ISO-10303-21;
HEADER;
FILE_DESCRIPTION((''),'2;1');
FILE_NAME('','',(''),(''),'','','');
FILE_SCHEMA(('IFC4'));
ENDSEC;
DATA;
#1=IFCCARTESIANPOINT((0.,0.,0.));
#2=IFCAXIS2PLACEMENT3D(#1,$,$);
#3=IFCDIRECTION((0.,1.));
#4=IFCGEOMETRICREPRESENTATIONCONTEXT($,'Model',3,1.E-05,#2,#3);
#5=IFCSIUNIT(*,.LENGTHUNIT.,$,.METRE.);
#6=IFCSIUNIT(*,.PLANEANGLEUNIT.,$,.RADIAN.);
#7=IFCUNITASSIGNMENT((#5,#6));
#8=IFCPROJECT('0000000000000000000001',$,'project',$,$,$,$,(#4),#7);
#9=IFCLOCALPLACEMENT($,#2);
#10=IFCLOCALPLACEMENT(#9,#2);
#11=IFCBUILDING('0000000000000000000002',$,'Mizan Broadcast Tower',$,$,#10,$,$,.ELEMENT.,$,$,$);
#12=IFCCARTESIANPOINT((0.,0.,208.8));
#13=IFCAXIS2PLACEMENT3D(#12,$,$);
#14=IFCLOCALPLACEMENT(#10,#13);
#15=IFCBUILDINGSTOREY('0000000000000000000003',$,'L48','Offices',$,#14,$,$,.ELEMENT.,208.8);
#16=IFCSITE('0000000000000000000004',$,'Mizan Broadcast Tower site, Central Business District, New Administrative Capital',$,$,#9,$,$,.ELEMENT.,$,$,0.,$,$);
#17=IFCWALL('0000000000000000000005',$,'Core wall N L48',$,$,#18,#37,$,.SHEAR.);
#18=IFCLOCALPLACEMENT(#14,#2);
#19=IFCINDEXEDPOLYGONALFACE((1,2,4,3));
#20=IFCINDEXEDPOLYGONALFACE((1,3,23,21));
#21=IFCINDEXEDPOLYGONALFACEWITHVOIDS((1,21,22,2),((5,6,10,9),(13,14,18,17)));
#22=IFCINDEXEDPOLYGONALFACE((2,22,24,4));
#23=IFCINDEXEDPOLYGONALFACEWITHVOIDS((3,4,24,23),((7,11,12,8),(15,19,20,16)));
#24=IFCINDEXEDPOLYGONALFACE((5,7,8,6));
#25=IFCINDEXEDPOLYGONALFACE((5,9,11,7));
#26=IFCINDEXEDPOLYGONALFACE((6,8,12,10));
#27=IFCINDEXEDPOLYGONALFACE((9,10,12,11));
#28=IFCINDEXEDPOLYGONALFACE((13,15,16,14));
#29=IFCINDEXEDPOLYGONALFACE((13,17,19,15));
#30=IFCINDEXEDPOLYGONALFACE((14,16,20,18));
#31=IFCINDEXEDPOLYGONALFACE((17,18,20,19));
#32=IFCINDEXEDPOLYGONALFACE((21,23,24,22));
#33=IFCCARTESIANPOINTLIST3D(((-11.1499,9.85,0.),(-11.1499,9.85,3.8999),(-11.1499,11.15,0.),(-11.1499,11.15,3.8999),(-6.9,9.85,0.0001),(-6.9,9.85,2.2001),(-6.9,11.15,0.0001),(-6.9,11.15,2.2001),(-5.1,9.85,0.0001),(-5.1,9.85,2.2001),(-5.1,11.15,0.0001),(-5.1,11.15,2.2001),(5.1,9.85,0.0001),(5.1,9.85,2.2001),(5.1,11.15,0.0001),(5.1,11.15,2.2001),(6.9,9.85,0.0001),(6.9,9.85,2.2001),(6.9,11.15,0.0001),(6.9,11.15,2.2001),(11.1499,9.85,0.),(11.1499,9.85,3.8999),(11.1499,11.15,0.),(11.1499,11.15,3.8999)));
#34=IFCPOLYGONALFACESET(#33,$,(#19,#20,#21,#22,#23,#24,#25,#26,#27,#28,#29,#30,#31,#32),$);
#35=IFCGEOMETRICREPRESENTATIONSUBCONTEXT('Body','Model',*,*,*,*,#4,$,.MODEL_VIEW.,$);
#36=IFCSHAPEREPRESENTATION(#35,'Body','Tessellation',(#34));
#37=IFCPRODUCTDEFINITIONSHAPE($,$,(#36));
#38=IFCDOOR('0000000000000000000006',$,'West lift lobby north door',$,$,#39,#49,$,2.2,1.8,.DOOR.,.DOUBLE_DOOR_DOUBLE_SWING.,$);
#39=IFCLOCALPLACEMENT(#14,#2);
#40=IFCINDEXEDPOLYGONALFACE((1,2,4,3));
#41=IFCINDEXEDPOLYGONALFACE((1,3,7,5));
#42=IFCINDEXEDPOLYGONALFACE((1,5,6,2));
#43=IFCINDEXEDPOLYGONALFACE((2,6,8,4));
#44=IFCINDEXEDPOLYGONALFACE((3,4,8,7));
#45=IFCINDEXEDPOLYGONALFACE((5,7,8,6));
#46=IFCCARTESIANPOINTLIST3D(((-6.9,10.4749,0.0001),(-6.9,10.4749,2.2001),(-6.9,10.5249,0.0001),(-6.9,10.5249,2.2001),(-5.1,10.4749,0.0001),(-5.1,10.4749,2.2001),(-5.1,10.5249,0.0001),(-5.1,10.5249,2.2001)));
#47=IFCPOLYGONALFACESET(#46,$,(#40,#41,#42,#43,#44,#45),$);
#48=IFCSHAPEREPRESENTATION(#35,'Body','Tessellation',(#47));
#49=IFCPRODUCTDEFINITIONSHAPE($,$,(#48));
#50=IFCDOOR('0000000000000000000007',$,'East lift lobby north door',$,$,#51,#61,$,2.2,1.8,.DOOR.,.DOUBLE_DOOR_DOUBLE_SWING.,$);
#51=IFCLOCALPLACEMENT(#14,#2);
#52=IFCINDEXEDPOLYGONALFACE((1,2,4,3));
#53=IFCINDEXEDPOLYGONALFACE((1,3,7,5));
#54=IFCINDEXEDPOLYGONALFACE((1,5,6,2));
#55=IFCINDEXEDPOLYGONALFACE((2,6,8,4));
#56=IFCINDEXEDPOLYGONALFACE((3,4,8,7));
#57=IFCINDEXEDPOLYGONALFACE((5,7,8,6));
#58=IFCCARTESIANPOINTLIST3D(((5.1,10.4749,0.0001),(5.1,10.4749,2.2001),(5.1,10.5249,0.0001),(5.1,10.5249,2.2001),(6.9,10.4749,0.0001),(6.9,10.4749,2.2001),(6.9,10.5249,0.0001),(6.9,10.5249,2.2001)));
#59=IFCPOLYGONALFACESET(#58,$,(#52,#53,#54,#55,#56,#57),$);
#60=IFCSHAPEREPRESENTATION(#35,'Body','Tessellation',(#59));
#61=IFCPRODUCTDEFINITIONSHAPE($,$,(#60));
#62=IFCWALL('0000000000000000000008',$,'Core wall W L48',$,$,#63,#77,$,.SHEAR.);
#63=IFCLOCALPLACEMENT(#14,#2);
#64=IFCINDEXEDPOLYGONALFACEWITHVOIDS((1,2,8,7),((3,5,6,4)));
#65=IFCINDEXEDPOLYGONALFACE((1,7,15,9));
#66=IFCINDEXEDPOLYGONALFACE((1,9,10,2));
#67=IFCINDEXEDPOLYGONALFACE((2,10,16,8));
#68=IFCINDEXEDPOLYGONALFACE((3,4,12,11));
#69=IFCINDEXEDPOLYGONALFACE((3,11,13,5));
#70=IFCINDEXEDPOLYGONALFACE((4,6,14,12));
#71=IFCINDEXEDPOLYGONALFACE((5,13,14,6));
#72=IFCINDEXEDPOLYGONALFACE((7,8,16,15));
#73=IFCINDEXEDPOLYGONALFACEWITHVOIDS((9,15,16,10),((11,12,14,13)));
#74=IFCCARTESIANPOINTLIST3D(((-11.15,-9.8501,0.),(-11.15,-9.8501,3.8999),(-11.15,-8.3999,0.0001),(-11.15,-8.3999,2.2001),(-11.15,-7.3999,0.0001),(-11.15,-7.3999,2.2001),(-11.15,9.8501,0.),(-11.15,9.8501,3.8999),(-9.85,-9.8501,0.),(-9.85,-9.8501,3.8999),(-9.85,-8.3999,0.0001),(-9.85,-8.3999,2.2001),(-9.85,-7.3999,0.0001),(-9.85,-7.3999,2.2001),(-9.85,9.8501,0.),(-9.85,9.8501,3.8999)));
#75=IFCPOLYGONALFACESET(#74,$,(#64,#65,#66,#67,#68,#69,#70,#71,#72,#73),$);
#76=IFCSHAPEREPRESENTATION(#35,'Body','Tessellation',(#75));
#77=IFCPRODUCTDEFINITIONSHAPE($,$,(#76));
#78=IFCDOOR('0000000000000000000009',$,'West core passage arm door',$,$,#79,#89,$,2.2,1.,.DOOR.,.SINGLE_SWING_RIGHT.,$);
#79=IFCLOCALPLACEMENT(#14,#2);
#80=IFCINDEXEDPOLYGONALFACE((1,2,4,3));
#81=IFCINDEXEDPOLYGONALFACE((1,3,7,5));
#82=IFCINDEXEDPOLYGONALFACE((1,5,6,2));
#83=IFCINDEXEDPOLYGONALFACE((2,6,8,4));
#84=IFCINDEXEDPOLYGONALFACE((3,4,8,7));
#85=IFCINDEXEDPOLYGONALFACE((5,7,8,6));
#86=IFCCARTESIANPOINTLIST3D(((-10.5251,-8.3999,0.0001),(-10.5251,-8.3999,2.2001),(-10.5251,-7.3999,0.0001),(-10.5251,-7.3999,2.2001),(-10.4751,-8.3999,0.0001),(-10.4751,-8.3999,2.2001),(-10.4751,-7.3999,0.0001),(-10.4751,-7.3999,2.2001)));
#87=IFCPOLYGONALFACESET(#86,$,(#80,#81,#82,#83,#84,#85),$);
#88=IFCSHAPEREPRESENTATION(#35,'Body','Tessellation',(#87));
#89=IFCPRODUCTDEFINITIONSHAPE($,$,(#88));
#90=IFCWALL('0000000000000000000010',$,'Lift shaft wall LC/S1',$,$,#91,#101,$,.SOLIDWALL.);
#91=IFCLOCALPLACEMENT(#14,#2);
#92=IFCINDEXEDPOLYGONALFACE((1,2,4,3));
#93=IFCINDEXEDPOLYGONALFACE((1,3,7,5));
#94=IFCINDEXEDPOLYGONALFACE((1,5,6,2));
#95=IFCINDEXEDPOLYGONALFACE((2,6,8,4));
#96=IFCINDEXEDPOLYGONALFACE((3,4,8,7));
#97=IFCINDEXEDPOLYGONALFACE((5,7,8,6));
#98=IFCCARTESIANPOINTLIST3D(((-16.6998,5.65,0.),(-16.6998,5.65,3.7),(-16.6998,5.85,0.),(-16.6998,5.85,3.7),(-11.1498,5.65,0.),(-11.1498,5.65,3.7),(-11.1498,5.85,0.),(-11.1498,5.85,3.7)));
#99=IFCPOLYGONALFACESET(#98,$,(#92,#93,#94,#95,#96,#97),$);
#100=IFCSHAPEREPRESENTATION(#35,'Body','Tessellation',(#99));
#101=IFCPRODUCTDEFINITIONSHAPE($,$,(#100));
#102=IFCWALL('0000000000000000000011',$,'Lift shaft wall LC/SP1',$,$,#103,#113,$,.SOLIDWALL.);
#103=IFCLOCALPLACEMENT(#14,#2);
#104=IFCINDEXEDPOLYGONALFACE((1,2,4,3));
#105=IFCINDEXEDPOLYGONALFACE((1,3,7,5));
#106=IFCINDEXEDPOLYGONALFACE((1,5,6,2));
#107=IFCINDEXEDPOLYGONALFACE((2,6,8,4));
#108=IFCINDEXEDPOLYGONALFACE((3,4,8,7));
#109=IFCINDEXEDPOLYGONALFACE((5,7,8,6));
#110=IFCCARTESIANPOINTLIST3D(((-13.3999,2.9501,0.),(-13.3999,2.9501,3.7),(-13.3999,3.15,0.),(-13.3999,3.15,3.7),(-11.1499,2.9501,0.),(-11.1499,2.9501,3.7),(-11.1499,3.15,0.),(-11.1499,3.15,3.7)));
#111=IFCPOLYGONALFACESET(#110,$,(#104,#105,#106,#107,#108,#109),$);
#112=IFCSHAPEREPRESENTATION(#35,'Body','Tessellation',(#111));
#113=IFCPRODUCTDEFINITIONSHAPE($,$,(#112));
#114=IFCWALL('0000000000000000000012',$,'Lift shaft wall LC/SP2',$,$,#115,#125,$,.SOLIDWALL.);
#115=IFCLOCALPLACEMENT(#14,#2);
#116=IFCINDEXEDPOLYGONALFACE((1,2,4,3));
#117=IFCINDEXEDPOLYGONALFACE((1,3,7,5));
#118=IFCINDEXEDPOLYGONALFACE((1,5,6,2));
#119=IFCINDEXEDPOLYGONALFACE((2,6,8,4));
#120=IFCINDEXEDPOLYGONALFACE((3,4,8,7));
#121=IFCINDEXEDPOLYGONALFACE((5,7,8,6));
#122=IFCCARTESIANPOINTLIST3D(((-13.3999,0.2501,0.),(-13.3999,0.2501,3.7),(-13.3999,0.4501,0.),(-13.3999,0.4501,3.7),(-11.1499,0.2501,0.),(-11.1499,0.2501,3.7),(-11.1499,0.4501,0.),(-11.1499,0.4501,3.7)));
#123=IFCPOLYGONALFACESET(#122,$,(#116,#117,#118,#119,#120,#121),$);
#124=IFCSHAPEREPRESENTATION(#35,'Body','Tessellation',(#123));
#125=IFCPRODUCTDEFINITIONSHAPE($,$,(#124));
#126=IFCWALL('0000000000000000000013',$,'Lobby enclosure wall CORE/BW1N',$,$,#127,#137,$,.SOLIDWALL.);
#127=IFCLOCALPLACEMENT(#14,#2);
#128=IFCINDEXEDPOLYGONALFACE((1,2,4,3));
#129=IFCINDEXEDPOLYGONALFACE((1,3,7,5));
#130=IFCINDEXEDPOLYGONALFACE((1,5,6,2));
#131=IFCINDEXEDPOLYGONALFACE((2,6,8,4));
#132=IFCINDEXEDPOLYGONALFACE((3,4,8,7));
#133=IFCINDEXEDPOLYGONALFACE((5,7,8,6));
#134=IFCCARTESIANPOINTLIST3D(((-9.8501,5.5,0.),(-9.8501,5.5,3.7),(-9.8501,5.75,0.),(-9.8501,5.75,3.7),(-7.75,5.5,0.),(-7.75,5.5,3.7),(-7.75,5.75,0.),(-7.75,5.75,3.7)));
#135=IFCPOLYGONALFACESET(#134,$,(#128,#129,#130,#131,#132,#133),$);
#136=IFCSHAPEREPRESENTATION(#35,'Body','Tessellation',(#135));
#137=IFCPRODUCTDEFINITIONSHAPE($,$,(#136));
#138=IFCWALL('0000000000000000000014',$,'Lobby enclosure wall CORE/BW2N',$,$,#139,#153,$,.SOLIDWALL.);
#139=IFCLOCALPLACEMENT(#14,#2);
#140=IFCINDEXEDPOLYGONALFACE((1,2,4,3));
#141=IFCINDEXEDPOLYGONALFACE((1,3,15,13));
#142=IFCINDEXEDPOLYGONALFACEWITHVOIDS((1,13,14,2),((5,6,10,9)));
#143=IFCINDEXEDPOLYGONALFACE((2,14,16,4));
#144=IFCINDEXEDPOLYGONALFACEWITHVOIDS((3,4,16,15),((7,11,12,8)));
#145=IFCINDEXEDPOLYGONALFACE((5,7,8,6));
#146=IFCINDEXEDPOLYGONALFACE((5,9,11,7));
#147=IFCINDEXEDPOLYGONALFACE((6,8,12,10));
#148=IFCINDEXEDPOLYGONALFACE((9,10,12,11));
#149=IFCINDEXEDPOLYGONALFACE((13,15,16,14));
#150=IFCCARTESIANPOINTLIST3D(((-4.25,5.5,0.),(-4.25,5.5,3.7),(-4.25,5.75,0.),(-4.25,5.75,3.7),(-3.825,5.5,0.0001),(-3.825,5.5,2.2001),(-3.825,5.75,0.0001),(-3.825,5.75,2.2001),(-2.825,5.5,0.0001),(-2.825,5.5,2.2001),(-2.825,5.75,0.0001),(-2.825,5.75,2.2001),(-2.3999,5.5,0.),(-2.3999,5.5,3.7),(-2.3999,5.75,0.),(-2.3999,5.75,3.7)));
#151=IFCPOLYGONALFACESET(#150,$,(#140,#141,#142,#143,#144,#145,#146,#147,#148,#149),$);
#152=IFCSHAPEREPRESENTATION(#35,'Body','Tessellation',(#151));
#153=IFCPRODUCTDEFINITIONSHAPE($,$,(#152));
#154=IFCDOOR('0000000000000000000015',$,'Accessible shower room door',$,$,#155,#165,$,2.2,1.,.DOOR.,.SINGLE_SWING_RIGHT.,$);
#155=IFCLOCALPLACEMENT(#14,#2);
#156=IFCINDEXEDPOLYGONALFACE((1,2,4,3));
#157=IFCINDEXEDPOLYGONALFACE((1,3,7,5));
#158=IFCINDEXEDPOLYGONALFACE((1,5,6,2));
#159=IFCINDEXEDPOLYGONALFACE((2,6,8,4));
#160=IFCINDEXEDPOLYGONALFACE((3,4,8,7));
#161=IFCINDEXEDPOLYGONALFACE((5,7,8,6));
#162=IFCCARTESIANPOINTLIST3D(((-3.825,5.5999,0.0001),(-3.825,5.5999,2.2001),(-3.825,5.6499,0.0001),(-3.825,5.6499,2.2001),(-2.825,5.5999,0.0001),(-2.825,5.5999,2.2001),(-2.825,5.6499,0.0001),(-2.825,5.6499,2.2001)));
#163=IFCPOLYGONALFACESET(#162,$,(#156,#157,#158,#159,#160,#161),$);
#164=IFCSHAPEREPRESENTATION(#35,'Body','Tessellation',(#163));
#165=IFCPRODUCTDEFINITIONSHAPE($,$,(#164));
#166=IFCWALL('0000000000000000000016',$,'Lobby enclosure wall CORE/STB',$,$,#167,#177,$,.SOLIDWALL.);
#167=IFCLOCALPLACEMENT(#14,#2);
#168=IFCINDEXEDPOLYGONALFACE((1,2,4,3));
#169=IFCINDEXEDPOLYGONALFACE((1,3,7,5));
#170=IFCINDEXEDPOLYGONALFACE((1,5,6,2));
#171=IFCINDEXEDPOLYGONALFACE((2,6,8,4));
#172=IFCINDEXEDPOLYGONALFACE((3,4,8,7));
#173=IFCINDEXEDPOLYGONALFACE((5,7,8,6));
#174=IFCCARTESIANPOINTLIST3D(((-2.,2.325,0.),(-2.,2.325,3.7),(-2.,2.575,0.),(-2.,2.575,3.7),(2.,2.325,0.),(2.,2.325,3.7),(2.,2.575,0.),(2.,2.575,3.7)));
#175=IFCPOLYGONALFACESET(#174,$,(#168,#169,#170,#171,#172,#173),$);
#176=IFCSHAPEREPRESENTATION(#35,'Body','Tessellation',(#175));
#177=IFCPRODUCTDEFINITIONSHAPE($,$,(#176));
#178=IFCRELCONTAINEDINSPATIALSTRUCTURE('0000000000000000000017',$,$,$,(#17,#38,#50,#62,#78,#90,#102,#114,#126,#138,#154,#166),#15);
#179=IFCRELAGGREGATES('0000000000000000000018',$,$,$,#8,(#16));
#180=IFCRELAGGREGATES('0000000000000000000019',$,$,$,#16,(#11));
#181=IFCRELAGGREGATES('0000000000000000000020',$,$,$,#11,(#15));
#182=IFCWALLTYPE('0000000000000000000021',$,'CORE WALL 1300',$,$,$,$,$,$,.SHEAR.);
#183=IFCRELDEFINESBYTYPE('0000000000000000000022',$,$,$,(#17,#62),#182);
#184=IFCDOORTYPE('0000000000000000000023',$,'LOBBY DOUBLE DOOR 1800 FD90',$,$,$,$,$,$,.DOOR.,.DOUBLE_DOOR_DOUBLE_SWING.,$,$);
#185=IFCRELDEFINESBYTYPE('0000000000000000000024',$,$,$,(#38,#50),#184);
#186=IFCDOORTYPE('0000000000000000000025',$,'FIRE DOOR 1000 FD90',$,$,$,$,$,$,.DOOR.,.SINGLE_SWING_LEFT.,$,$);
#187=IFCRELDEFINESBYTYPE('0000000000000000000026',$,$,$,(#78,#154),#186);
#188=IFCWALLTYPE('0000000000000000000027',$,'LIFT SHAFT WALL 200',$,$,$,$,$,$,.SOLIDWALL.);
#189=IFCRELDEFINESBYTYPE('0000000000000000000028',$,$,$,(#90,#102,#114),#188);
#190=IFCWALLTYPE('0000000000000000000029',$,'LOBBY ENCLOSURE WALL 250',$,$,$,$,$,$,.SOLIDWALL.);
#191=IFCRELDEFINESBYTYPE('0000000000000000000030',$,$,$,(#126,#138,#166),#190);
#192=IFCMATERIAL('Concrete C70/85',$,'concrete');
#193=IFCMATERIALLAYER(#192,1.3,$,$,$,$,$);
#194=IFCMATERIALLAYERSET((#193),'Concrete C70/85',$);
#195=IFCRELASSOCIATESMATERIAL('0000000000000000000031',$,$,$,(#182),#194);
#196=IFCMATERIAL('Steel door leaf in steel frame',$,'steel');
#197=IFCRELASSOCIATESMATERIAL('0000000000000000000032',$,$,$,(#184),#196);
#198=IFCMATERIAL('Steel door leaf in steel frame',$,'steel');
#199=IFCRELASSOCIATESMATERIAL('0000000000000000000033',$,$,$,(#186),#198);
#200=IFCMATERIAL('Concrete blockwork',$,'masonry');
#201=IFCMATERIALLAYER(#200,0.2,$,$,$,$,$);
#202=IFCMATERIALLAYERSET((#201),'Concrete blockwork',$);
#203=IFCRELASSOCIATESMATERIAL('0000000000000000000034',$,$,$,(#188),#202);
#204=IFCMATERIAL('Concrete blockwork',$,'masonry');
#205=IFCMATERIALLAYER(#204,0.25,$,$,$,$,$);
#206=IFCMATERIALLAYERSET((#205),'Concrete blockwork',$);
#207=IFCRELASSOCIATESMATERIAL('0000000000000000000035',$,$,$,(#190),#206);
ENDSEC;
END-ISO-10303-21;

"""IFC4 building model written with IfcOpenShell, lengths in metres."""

from ifc_helpers import new_model, si_unit, direction, frame, frame_2d, origin, place, context, subcontext, project, spatial, rectangle, extrude, material, layer, layer_set, type_object, element, fill, save


model = new_model("IFC4")

# Units and contexts
model_context = context("Model", 3, precision=1e-05, world=origin(), true_north=direction((0.0, 1.0)))
body_context = subcontext(model_context, "Body", "Model", "MODEL_VIEW")
ifc_project = project(units=[si_unit("LENGTHUNIT", "METRE"), si_unit("PLANEANGLEUNIT", "RADIAN")], contexts=[model_context])

# Site, building, storey
site_placement = place(None, origin())
site = spatial("IfcSite", under=ifc_project, at=site_placement, Name="Mizan Broadcast Tower site, Central Business District, New Administrative Capital", CompositionType="ELEMENT", RefElevation=0.0)
building_placement = place(site_placement, origin())
building = spatial("IfcBuilding", under=site, at=building_placement, Name="Mizan Broadcast Tower", CompositionType="ELEMENT")
storey_placement = place(building_placement, frame((0.0, 0.0, 208.8)))
storey = spatial("IfcBuildingStorey", under=building, at=storey_placement, Name="L48", Description="Offices", CompositionType="ELEMENT", Elevation=208.8)

# Wall, openings, doors
ifc_material_1 = material(Name="Concrete C70/85", Category="concrete")
ifc_layer_1 = layer(ifc_material_1, 1.3)
ifc_layer_set_1 = layer_set([ifc_layer_1], Name="Concrete C70/85")
wall_type_1 = type_object("IfcWallType", Name="CORE WALL 1300", PredefinedType="SHEAR", material=ifc_layer_set_1)
wall_1_placement = place(storey_placement, frame((-11.1499, 10.5, 0.0), z_axis=(0.0, 0.0, 1.0), x_axis=(1.0, 0.0, 0.0)))
wall_1 = element("IfcWall", 1, at=wall_1_placement, inside=storey, type_object=wall_type_1, Name="Core wall N L48", PredefinedType="SHEAR", context=body_context, shape_type="SweptSolid", body=[
    extrude(rectangle(XDim=22.2998, YDim=1.3, at=frame_2d((11.1499, 0.0))), origin(), (0.0, 0.0, 1.0), 3.8999),
])
opening_1_placement = place(wall_1_placement, frame((4.25, 0.0, 0.0)))
opening_1 = element("IfcOpeningElement", 2, at=opening_1_placement, cuts=wall_1, PredefinedType="OPENING", context=body_context, shape_type="SweptSolid", body=[
    extrude(rectangle(XDim=1.8, YDim=2.2, at=frame_2d((0.8999, 1.1001))), frame((0.0, 0.6599, 0.0), z_axis=(0.0, -1.0, 0.0), x_axis=(1.0, 0.0, 0.0)), (0.0, 0.0, 1.0), 1.3201),
])
opening_2_placement = place(wall_1_placement, frame((16.25, 0.0, 0.0)))
opening_2 = element("IfcOpeningElement", 3, at=opening_2_placement, cuts=wall_1, PredefinedType="OPENING", context=body_context, shape_type="SweptSolid", body=[
    extrude(rectangle(XDim=1.8, YDim=2.2, at=frame_2d((0.8999, 1.1001))), frame((0.0, 0.6599, 0.0), z_axis=(0.0, -1.0, 0.0), x_axis=(1.0, 0.0, 0.0)), (0.0, 0.0, 1.0), 1.3201),
])
ifc_material_2 = material(Name="Steel door leaf in steel frame", Category="steel")
door_type_1 = type_object("IfcDoorType", Name="LOBBY DOUBLE DOOR 1800 FD90", OperationType="DOUBLE_DOOR_DOUBLE_SWING", PredefinedType="DOOR", material=ifc_material_2)
door_1_placement = place(opening_1_placement, origin())
door_1 = element("IfcDoor", 4, at=door_1_placement, inside=storey, type_object=door_type_1, Name="West lift lobby north door", OperationType="DOUBLE_DOOR_DOUBLE_SWING", OverallHeight=2.2, OverallWidth=1.8, PredefinedType="DOOR", context=body_context, shape_type="SweptSolid", body=[
    extrude(rectangle(XDim=1.8, YDim=2.2, at=frame_2d((0.8999, 1.1001))), frame((0.0, 0.0249, 0.0), z_axis=(0.0, -1.0, 0.0), x_axis=(1.0, 0.0, 0.0)), (0.0, 0.0, 1.0), 0.05),
])
fill(opening_1, door_1)
door_2_placement = place(opening_2_placement, origin())
door_2 = element("IfcDoor", 5, at=door_2_placement, inside=storey, type_object=door_type_1, Name="East lift lobby north door", OperationType="DOUBLE_DOOR_DOUBLE_SWING", OverallHeight=2.2, OverallWidth=1.8, PredefinedType="DOOR", context=body_context, shape_type="SweptSolid", body=[
    extrude(rectangle(XDim=1.8, YDim=2.2, at=frame_2d((0.8999, 1.1001))), frame((0.0, 0.0249, 0.0), z_axis=(0.0, -1.0, 0.0), x_axis=(1.0, 0.0, 0.0)), (0.0, 0.0, 1.0), 0.05),
])
fill(opening_2, door_2)

# Wall, opening, door
wall_2_placement = place(storey_placement, frame((-10.5, 9.8501, 0.0), z_axis=(0.0, 0.0, 1.0), x_axis=(0.0, -1.0, 0.0)))
wall_2 = element("IfcWall", 6, at=wall_2_placement, inside=storey, type_object=wall_type_1, Name="Core wall W L48", PredefinedType="SHEAR", context=body_context, shape_type="SweptSolid", body=[
    extrude(rectangle(XDim=19.7002, YDim=1.3, at=frame_2d((9.8501, 0.0))), origin(), (0.0, 0.0, 1.0), 3.8999),
])
opening_3_placement = place(wall_2_placement, frame((17.25, 0.0, 0.0)))
opening_3 = element("IfcOpeningElement", 7, at=opening_3_placement, cuts=wall_2, PredefinedType="OPENING", context=body_context, shape_type="SweptSolid", body=[
    extrude(rectangle(XDim=1.0, YDim=2.2, at=frame_2d((0.5, 1.1001))), frame((0.0, 0.6599, 0.0), z_axis=(0.0, -1.0, 0.0), x_axis=(1.0, 0.0, 0.0)), (0.0, 0.0, 1.0), 1.3201),
])
ifc_material_3 = material(Name="Steel door leaf in steel frame", Category="steel")
door_type_2 = type_object("IfcDoorType", Name="FIRE DOOR 1000 FD90", OperationType="SINGLE_SWING_LEFT", PredefinedType="DOOR", material=ifc_material_3)
door_3_placement = place(opening_3_placement, origin())
door_3 = element("IfcDoor", 8, at=door_3_placement, inside=storey, type_object=door_type_2, Name="West core passage arm door", OperationType="SINGLE_SWING_RIGHT", OverallHeight=2.2, OverallWidth=1.0, PredefinedType="DOOR", context=body_context, shape_type="SweptSolid", body=[
    extrude(rectangle(XDim=1.0, YDim=2.2, at=frame_2d((0.5, 1.1001))), frame((0.0, 0.0249, 0.0), z_axis=(0.0, -1.0, 0.0), x_axis=(1.0, 0.0, 0.0)), (0.0, 0.0, 1.0), 0.05),
])
fill(opening_3, door_3)

# Walls
ifc_material_4 = material(Name="Concrete blockwork", Category="masonry")
ifc_layer_2 = layer(ifc_material_4, 0.2)
ifc_layer_set_2 = layer_set([ifc_layer_2], Name="Concrete blockwork")
wall_type_2 = type_object("IfcWallType", Name="LIFT SHAFT WALL 200", PredefinedType="SOLIDWALL", material=ifc_layer_set_2)
wall_3_placement = place(storey_placement, frame((-11.1499, 5.75, 0.0), z_axis=(0.0, 0.0, 1.0), x_axis=(-1.0, 0.0, 0.0)))
element("IfcWall", 9, at=wall_3_placement, inside=storey, type_object=wall_type_2, Name="Lift shaft wall LC/S1", PredefinedType="SOLIDWALL", context=body_context, shape_type="SweptSolid", body=[
    extrude(rectangle(XDim=5.55, YDim=0.2, at=frame_2d((2.7749, 0.0))), origin(), (0.0, 0.0, 1.0), 3.7),
])
for number, where, z_axis, x_axis, name in (
    (10, (-11.1499, 3.05, 0.0), (0.0, 0.0, 1.0), (-1.0, 0.0, 0.0), "Lift shaft wall LC/SP1"),
    (11, (-11.1499, 0.3501, 0.0), (0.0, 0.0, 1.0), (-1.0, 0.0, 0.0), "Lift shaft wall LC/SP2"),
):
    element("IfcWall", number, at=place(storey_placement, frame(where, z_axis=z_axis, x_axis=x_axis)), inside=storey, type_object=wall_type_2, Name=name, PredefinedType="SOLIDWALL", context=body_context, shape_type="SweptSolid", body=[
        extrude(rectangle(XDim=2.25, YDim=0.2, at=frame_2d((1.125, 0.0))), origin(), (0.0, 0.0, 1.0), 3.7),
    ])
ifc_material_5 = material(Name="Concrete blockwork", Category="masonry")
ifc_layer_3 = layer(ifc_material_5, 0.25)
ifc_layer_set_3 = layer_set([ifc_layer_3], Name="Concrete blockwork")
wall_type_3 = type_object("IfcWallType", Name="LOBBY ENCLOSURE WALL 250", PredefinedType="SOLIDWALL", material=ifc_layer_set_3)
wall_4_placement = place(storey_placement, frame((-9.8501, 5.625, 0.0), z_axis=(0.0, 0.0, 1.0), x_axis=(1.0, 0.0, 0.0)))
element("IfcWall", 12, at=wall_4_placement, inside=storey, type_object=wall_type_3, Name="Lobby enclosure wall CORE/BW1N", PredefinedType="SOLIDWALL", context=body_context, shape_type="SweptSolid", body=[
    extrude(rectangle(XDim=2.1001, YDim=0.25, at=frame_2d((1.05, 0.0))), origin(), (0.0, 0.0, 1.0), 3.7),
])

# Wall, opening, door
wall_5_placement = place(storey_placement, frame((-4.25, 5.625, 0.0), z_axis=(0.0, 0.0, 1.0), x_axis=(1.0, 0.0, 0.0)))
wall_5 = element("IfcWall", 13, at=wall_5_placement, inside=storey, type_object=wall_type_3, Name="Lobby enclosure wall CORE/BW2N", PredefinedType="SOLIDWALL", context=body_context, shape_type="SweptSolid", body=[
    extrude(rectangle(XDim=1.8501, YDim=0.25, at=frame_2d((0.925, 0.0))), origin(), (0.0, 0.0, 1.0), 3.7),
])
opening_4_placement = place(wall_5_placement, frame((0.425, 0.0, 0.0)))
opening_4 = element("IfcOpeningElement", 14, at=opening_4_placement, cuts=wall_5, PredefinedType="OPENING", context=body_context, shape_type="SweptSolid", body=[
    extrude(rectangle(XDim=1.0, YDim=2.2, at=frame_2d((0.5, 1.1001))), frame((0.0, 0.135, 0.0), z_axis=(0.0, -1.0, 0.0), x_axis=(1.0, 0.0, 0.0)), (0.0, 0.0, 1.0), 0.27),
])
door_4_placement = place(opening_4_placement, origin())
door_4 = element("IfcDoor", 15, at=door_4_placement, inside=storey, type_object=door_type_2, Name="Accessible shower room door", OperationType="SINGLE_SWING_RIGHT", OverallHeight=2.2, OverallWidth=1.0, PredefinedType="DOOR", context=body_context, shape_type="SweptSolid", body=[
    extrude(rectangle(XDim=1.0, YDim=2.2, at=frame_2d((0.5, 1.1001))), frame((0.0, 0.0249, 0.0), z_axis=(0.0, -1.0, 0.0), x_axis=(1.0, 0.0, 0.0)), (0.0, 0.0, 1.0), 0.05),
])
fill(opening_4, door_4)

# Wall
wall_6_placement = place(storey_placement, frame((-2.0, 2.45, 0.0), z_axis=(0.0, 0.0, 1.0), x_axis=(1.0, 0.0, 0.0)))
element("IfcWall", 16, at=wall_6_placement, inside=storey, type_object=wall_type_3, Name="Lobby enclosure wall CORE/STB", PredefinedType="SOLIDWALL", context=body_context, shape_type="SweptSolid", body=[
    extrude(rectangle(XDim=4.0, YDim=0.25, at=frame_2d((2.0, 0.0))), origin(), (0.0, 0.0, 1.0), 3.7),
])

save(model, "model.ifc")
